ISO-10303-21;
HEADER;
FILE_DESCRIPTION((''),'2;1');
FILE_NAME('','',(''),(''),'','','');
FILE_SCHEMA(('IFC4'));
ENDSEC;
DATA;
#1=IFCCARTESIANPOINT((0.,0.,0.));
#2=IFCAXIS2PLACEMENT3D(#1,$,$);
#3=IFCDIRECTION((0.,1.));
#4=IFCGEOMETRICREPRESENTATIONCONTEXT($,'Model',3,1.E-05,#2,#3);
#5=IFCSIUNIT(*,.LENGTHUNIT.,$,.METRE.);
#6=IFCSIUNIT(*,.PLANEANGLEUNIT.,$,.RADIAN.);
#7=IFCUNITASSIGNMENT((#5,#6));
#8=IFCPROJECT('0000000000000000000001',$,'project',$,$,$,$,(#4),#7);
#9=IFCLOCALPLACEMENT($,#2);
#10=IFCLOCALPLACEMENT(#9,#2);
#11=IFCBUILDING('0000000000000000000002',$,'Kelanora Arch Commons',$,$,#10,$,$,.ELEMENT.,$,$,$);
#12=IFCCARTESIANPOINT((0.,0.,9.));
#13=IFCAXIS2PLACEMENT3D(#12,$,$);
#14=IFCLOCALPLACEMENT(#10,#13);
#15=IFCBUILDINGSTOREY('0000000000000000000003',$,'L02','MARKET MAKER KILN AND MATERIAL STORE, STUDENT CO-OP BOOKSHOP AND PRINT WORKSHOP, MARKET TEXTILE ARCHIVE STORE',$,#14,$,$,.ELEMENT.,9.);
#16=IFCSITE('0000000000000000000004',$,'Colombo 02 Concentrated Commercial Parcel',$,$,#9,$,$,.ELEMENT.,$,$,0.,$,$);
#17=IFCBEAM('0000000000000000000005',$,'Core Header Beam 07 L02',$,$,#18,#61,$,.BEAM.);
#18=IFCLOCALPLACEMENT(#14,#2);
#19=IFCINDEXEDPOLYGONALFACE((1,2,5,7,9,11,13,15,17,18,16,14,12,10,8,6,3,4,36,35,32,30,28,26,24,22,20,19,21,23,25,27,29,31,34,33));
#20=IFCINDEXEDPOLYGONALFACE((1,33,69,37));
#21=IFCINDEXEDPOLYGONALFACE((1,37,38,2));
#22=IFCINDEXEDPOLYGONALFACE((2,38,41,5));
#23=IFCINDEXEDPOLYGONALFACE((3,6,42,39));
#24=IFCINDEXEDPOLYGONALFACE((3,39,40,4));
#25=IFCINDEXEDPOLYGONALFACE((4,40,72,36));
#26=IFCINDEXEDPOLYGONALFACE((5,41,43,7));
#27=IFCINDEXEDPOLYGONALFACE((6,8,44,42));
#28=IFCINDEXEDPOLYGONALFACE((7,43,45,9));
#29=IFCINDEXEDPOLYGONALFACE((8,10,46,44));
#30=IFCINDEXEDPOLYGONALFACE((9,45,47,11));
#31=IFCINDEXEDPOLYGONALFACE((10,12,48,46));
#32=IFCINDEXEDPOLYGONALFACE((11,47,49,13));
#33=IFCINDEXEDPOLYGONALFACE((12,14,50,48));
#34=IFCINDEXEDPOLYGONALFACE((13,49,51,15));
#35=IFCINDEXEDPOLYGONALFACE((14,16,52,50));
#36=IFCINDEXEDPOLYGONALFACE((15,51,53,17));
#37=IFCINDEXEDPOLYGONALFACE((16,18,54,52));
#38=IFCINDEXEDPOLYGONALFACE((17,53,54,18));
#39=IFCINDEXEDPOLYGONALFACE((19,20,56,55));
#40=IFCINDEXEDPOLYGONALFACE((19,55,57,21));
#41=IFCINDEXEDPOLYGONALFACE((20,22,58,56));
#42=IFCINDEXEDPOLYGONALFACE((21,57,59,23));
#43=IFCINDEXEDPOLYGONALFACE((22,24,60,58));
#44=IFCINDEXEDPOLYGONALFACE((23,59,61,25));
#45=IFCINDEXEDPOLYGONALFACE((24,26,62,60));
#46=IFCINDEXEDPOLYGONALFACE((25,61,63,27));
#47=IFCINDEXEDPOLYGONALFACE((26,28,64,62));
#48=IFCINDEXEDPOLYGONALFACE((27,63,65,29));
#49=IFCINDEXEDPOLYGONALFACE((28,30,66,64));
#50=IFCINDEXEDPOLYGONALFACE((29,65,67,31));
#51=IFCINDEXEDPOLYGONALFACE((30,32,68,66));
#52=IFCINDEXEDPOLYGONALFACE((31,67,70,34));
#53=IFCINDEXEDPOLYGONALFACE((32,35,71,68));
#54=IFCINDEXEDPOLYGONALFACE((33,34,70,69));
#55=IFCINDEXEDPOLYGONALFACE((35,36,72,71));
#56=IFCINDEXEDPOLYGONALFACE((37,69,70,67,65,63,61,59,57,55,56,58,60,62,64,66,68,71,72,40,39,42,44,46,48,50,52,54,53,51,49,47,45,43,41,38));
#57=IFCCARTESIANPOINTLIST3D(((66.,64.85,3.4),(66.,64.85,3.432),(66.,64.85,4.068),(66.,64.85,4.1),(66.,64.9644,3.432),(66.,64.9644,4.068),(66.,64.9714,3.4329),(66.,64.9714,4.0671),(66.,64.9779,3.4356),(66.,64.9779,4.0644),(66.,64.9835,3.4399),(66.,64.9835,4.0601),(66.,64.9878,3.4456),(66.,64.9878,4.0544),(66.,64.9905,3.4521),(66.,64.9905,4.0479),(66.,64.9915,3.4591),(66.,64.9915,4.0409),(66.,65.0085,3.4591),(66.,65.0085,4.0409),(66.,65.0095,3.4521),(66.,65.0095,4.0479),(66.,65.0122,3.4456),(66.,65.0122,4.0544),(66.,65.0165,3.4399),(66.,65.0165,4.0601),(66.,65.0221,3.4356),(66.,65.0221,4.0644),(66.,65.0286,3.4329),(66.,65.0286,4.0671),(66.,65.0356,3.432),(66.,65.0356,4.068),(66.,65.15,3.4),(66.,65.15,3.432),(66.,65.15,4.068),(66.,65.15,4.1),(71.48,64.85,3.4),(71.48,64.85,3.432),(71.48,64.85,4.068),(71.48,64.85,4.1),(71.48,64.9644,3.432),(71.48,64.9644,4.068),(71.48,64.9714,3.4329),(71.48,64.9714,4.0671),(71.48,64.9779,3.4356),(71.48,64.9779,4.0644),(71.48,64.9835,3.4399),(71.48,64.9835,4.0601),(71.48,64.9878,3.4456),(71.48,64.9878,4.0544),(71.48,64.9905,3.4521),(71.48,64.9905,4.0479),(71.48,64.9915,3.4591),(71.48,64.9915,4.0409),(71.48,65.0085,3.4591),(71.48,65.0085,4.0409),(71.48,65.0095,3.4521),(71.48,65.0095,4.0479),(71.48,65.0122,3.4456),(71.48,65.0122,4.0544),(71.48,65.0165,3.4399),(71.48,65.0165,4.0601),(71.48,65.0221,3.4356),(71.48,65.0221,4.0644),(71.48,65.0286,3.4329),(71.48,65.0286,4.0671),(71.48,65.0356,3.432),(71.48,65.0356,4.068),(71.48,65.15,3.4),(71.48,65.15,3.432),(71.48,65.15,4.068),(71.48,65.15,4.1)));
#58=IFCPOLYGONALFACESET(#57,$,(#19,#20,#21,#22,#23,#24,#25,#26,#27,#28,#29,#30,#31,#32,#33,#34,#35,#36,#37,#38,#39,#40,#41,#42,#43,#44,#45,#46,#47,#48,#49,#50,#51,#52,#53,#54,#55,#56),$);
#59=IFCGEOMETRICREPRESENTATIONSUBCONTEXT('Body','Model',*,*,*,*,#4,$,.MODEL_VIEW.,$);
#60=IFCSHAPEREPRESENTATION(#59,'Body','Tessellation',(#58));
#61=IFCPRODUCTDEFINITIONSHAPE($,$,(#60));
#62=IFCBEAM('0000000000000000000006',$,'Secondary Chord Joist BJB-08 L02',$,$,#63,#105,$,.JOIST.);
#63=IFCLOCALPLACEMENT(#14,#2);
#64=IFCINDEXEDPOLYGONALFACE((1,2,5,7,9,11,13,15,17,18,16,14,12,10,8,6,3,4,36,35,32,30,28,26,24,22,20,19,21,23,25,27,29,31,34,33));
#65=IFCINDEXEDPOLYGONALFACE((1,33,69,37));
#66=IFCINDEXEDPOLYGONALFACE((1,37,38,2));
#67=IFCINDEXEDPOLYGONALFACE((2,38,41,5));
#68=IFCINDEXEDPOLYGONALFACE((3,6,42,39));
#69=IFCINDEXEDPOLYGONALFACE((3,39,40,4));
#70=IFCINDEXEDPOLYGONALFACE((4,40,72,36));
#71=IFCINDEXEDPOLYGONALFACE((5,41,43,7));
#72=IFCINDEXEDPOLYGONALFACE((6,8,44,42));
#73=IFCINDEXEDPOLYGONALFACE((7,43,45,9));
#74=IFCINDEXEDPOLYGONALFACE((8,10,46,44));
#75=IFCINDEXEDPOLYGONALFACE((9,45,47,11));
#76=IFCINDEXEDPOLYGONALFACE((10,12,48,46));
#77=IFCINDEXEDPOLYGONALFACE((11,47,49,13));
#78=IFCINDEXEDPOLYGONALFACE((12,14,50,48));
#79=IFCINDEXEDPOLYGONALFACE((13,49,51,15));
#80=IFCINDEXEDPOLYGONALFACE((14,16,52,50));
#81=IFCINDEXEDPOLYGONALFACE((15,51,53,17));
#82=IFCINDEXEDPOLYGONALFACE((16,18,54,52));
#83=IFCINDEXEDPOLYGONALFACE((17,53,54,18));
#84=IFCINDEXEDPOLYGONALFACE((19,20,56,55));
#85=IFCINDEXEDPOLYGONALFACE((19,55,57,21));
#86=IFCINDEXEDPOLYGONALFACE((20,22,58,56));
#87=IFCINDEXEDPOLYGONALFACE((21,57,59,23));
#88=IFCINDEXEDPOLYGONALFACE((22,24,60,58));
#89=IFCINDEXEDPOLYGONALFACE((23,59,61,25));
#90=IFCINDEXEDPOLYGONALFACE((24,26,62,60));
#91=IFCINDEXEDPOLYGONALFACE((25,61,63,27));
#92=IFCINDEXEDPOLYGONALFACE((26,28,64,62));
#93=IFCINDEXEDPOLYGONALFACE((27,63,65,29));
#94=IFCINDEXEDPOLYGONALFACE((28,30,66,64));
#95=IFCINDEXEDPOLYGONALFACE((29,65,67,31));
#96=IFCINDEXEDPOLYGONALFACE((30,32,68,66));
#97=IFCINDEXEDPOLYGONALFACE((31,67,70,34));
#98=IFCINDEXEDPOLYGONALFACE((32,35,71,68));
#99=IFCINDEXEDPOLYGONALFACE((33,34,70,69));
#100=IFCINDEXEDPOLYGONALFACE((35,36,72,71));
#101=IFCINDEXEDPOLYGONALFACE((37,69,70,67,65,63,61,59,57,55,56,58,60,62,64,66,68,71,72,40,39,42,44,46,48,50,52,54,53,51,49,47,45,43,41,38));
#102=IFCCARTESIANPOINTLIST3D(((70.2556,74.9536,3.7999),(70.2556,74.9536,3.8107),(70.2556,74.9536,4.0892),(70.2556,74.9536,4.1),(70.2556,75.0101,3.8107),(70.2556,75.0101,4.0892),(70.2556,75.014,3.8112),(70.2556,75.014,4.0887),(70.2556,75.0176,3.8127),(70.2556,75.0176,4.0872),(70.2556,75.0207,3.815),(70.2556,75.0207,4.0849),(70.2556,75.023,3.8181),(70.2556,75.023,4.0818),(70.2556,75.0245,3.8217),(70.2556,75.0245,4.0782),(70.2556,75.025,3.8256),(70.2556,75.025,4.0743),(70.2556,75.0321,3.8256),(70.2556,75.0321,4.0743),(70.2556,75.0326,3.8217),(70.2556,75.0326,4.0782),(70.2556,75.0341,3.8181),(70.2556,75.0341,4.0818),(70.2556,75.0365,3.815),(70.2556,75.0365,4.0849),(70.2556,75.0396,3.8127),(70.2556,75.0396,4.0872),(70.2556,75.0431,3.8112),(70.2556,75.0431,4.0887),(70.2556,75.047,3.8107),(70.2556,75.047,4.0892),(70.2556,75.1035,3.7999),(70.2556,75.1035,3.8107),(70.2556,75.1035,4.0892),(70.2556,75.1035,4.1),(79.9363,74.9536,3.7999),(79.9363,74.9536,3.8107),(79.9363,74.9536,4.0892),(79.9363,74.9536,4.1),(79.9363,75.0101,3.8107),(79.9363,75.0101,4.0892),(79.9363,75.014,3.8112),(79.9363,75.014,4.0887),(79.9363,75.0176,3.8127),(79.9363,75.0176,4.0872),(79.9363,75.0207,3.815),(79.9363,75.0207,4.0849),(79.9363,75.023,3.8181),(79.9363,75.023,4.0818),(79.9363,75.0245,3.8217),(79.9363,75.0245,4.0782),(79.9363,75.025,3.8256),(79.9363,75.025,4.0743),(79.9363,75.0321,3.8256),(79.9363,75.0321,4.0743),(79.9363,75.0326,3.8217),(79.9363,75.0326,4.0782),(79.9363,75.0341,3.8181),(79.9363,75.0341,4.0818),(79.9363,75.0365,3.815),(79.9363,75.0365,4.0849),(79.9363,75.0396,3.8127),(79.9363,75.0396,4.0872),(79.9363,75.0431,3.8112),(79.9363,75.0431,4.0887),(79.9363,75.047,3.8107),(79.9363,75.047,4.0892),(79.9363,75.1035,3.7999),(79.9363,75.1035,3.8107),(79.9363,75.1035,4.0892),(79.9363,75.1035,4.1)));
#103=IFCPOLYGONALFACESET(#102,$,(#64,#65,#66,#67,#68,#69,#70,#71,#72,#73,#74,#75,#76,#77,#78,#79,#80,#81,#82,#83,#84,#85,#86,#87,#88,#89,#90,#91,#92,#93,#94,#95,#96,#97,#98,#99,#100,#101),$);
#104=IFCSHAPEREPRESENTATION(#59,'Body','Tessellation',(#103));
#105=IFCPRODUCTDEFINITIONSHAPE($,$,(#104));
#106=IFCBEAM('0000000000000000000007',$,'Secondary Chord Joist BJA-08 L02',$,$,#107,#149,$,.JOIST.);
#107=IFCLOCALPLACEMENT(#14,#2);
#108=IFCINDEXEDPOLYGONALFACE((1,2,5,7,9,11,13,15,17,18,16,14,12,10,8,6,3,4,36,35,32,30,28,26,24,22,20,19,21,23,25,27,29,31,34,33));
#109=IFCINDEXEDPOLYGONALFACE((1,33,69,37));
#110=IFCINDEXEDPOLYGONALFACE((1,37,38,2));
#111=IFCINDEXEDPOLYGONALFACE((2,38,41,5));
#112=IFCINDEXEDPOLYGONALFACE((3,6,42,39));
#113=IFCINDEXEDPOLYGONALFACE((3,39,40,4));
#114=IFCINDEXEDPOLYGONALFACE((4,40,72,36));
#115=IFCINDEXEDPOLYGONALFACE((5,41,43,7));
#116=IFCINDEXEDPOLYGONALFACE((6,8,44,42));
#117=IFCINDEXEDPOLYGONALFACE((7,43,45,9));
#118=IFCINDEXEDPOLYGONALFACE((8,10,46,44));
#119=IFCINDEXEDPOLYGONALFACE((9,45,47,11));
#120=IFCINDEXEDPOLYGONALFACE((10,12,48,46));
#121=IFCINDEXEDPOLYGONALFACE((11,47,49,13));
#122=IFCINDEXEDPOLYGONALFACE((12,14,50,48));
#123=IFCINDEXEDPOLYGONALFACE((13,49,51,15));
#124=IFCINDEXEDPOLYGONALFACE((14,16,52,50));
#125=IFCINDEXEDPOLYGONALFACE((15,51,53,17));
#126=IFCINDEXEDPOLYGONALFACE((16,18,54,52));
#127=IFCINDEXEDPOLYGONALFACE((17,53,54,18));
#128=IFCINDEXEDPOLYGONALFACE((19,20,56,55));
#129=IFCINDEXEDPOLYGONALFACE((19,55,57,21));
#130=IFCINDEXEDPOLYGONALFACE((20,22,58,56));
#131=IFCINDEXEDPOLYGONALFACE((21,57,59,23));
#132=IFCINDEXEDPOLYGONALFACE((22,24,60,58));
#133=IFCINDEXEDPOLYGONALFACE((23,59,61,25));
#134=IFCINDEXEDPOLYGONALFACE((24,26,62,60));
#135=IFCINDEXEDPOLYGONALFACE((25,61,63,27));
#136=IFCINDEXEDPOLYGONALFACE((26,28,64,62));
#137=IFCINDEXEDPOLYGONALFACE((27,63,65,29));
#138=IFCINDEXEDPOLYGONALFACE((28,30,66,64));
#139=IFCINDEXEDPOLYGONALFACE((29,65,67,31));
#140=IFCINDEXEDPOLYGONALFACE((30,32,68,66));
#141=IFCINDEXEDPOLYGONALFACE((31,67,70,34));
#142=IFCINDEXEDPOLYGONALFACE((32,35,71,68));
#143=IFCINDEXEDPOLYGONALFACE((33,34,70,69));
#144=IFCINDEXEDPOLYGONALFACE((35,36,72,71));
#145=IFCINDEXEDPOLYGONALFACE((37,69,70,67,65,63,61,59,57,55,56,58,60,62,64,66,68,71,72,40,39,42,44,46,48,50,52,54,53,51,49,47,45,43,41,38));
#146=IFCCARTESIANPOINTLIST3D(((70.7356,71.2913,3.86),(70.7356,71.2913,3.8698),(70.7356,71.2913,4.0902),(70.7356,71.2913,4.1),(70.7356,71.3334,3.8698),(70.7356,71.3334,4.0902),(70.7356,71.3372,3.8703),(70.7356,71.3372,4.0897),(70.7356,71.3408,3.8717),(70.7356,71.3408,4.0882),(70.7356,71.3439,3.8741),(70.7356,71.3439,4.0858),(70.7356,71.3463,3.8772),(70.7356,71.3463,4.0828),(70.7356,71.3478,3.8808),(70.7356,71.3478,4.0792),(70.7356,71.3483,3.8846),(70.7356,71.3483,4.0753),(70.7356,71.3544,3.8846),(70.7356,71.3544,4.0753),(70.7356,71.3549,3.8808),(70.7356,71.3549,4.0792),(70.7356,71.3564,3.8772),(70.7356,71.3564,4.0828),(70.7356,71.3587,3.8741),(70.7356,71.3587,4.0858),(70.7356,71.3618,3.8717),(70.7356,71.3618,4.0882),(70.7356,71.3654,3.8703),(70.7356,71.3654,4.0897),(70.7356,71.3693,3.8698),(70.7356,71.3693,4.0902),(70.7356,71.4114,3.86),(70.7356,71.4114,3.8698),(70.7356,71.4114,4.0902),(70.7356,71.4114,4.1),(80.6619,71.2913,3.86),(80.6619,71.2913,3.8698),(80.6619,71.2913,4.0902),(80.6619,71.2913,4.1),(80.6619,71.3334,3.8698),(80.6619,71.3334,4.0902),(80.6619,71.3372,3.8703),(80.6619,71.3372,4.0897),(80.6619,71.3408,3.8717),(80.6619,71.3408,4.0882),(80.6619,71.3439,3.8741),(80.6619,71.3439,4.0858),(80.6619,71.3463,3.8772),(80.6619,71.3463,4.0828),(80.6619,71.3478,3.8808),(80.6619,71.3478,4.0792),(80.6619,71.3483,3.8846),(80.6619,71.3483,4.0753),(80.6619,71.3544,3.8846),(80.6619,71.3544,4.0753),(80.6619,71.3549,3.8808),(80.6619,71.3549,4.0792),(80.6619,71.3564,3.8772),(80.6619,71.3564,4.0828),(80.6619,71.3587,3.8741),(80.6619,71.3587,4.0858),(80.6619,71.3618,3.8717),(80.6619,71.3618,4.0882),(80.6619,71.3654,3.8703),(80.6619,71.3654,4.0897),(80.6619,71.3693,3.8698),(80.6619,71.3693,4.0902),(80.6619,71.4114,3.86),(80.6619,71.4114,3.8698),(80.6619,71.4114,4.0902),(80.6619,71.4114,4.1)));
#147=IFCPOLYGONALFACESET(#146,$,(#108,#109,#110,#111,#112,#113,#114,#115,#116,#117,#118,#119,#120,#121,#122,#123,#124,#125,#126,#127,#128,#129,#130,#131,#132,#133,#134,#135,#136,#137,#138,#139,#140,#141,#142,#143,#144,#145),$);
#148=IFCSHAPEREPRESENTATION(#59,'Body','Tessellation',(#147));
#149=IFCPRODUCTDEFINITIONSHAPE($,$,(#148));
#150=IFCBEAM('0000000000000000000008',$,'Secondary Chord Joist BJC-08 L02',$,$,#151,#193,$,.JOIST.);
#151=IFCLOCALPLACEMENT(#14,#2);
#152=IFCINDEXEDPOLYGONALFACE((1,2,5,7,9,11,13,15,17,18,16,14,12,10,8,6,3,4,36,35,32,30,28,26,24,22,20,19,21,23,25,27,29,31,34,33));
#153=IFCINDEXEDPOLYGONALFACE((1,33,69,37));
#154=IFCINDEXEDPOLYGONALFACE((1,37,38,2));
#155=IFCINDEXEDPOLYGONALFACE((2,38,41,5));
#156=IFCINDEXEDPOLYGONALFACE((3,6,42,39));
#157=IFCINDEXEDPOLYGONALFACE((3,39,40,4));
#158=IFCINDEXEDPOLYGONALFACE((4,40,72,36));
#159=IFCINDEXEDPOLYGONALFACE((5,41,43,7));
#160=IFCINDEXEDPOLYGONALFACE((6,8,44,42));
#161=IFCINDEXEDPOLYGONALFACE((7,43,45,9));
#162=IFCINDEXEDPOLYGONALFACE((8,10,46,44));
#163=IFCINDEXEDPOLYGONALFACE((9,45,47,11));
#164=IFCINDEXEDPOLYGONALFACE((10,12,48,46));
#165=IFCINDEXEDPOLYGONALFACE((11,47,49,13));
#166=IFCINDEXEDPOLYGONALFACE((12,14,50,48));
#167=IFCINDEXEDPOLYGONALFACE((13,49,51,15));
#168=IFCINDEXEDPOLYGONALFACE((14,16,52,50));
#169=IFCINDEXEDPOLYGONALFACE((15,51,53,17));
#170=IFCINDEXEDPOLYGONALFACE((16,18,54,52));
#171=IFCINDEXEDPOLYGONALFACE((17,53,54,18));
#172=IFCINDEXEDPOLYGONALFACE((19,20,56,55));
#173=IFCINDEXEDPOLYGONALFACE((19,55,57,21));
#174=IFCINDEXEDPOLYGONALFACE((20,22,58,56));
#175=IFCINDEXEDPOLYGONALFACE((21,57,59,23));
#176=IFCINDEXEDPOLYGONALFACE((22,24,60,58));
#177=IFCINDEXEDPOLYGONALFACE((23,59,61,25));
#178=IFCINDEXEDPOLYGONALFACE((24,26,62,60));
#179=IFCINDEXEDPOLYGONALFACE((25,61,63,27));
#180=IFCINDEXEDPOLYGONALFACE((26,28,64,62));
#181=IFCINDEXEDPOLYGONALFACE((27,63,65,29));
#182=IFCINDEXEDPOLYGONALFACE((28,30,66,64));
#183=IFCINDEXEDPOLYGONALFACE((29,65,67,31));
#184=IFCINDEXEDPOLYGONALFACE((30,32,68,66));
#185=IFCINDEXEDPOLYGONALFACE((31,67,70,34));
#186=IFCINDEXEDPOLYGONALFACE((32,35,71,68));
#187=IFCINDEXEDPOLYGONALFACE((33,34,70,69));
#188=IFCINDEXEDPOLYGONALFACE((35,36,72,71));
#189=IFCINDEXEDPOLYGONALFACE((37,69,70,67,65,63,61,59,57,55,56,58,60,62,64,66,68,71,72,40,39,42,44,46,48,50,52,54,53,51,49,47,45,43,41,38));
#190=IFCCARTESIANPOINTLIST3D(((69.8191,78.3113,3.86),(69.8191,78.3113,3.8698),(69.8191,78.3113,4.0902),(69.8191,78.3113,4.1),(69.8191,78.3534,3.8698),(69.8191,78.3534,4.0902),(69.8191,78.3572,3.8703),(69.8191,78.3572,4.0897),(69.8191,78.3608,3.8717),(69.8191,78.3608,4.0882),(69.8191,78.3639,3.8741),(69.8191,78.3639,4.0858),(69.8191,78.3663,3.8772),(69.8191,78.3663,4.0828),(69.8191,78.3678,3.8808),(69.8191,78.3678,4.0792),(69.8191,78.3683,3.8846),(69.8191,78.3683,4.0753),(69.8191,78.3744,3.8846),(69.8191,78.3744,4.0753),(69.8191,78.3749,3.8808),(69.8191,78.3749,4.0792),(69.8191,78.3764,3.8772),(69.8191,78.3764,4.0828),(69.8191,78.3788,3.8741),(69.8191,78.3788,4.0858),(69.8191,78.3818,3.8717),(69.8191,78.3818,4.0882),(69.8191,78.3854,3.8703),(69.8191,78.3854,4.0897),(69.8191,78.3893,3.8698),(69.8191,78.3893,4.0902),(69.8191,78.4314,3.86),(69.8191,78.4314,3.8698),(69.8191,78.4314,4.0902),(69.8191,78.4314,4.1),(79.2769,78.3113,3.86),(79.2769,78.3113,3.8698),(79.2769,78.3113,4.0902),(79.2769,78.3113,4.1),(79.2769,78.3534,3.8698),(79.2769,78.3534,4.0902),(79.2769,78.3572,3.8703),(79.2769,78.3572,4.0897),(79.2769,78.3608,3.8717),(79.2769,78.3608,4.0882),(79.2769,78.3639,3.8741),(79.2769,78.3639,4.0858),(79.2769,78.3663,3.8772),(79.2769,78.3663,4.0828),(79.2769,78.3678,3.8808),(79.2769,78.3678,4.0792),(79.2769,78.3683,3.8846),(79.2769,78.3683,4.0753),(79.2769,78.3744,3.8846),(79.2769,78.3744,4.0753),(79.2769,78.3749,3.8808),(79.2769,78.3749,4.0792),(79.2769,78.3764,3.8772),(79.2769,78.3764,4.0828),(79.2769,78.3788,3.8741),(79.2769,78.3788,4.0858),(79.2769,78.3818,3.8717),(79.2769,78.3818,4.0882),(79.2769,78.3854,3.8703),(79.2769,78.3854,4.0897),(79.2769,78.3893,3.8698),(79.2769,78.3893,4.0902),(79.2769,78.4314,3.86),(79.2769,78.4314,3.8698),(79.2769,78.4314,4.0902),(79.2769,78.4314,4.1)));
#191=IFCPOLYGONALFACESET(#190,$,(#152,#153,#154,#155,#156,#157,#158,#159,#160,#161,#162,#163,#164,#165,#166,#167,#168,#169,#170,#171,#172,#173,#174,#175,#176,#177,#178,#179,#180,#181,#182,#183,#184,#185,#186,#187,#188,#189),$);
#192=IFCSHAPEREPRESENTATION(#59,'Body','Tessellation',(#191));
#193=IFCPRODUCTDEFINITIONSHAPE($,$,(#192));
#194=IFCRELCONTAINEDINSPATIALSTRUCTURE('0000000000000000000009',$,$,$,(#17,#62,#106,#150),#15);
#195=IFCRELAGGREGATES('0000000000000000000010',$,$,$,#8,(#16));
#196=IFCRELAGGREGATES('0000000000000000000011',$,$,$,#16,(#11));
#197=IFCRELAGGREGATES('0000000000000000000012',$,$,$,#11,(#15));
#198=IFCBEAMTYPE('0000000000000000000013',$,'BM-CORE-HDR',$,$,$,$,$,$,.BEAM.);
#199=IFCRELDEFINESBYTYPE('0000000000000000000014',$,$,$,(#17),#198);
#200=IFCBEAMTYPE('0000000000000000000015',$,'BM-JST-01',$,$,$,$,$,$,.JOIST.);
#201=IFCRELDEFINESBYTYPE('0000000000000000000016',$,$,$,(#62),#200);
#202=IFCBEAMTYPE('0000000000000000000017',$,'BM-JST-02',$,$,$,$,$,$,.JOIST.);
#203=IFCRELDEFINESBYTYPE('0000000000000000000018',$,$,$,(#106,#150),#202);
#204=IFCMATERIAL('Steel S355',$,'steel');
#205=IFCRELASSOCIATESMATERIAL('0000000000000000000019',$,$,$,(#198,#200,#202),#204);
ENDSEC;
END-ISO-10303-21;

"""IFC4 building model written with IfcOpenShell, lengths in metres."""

from ifc_helpers import new_model, si_unit, direction, frame, origin, origin_2d, place, context, subcontext, project, spatial, i_section, extrude, material, material_profile, profile_set, type_object, element, save


model = new_model("IFC4")

# Units and contexts
model_context = context("Model", 3, precision=1e-05, world=origin(), true_north=direction((0.0, 1.0)))
body_context = subcontext(model_context, "Body", "Model", "MODEL_VIEW")
ifc_project = project(units=[si_unit("LENGTHUNIT", "METRE"), si_unit("PLANEANGLEUNIT", "RADIAN")], contexts=[model_context])

# Site, building, storey
site_placement = place(None, origin())
site = spatial("IfcSite", under=ifc_project, at=site_placement, Name="Colombo 02 Concentrated Commercial Parcel", CompositionType="ELEMENT", RefElevation=0.0)
building_placement = place(site_placement, origin())
building = spatial("IfcBuilding", under=site, at=building_placement, Name="Kelanora Arch Commons", CompositionType="ELEMENT")
storey_placement = place(building_placement, frame((0.0, 0.0, 9.0)))
storey = spatial("IfcBuildingStorey", under=building, at=storey_placement, Name="L02", Description="MARKET MAKER KILN AND MATERIAL STORE, STUDENT CO-OP BOOKSHOP AND PRINT WORKSHOP, MARKET TEXTILE ARCHIVE STORE", CompositionType="ELEMENT", Elevation=9.0)

# Beams
ifc_material_1 = material(Name="Steel S355", Category="steel")
ifc_material_profile_1 = material_profile(ifc_material_1, i_section(OverallWidth=0.3, OverallDepth=0.7, WebThickness=0.0171, FlangeThickness=0.032, FilletRadius=0.0271, at=origin_2d()), Name="HEB700")
ifc_profile_set_1 = profile_set([ifc_material_profile_1], Name="Steel S355")
beam_type_1 = type_object("IfcBeamType", Name="BM-CORE-HDR", PredefinedType="BEAM", material=ifc_profile_set_1)
beam_1_placement = place(storey_placement, frame((71.48, 65.0, 3.75), z_axis=(-1.0, 0.0, 0.0), x_axis=(0.0, -1.0, 0.0)))
element("IfcBeam", 1, at=beam_1_placement, inside=storey, type_object=beam_type_1, Name="Core Header Beam 07 L02", PredefinedType="BEAM", context=body_context, shape_type="SweptSolid", body=[
    extrude(i_section(OverallWidth=0.3, OverallDepth=0.7, WebThickness=0.0171, FlangeThickness=0.032, FilletRadius=0.0271, at=origin_2d()), origin(), (0.0, 0.0, 1.0), 5.48),
])
ifc_material_profile_2 = material_profile(ifc_material_1, i_section(OverallWidth=0.1499, OverallDepth=0.3, WebThickness=0.0071, FlangeThickness=0.0107, FilletRadius=0.0149, at=origin_2d()), Name="IPE300")
ifc_profile_set_2 = profile_set([ifc_material_profile_2], Name="Steel S355")
beam_type_2 = type_object("IfcBeamType", Name="BM-JST-01", PredefinedType="JOIST", material=ifc_profile_set_2)
beam_2_placement = place(storey_placement, frame((79.9363, 75.0286, 3.95), z_axis=(-1.0, 0.0, 0.0), x_axis=(0.0, -1.0, 0.0)))
element("IfcBeam", 2, at=beam_2_placement, inside=storey, type_object=beam_type_2, Name="Secondary Chord Joist BJB-08 L02", PredefinedType="JOIST", context=body_context, shape_type="SweptSolid", body=[
    extrude(i_section(OverallWidth=0.1499, OverallDepth=0.3, WebThickness=0.0071, FlangeThickness=0.0107, FilletRadius=0.0149, at=origin_2d()), origin(), (0.0, 0.0, 1.0), 9.6807),
])
ifc_material_profile_3 = material_profile(ifc_material_1, i_section(OverallWidth=0.1201, OverallDepth=0.24, WebThickness=0.0061, FlangeThickness=0.0098, FilletRadius=0.0149, at=origin_2d()), Name="IPE240")
ifc_profile_set_3 = profile_set([ifc_material_profile_3], Name="Steel S355")
beam_type_3 = type_object("IfcBeamType", Name="BM-JST-02", PredefinedType="JOIST", material=ifc_profile_set_3)
beam_3_placement = place(storey_placement, frame((80.6619, 71.3513, 3.98), z_axis=(-1.0, 0.0, 0.0), x_axis=(0.0, -1.0, 0.0)))
element("IfcBeam", 3, at=beam_3_placement, inside=storey, type_object=beam_type_3, Name="Secondary Chord Joist BJA-08 L02", PredefinedType="JOIST", context=body_context, shape_type="SweptSolid", body=[
    extrude(i_section(OverallWidth=0.1201, OverallDepth=0.24, WebThickness=0.0061, FlangeThickness=0.0098, FilletRadius=0.0149, at=origin_2d()), origin(), (0.0, 0.0, 1.0), 9.9263),
])
beam_4_placement = place(storey_placement, frame((79.2769, 78.3713, 3.98), z_axis=(-1.0, 0.0, 0.0), x_axis=(0.0, -1.0, 0.0)))
element("IfcBeam", 4, at=beam_4_placement, inside=storey, type_object=beam_type_3, Name="Secondary Chord Joist BJC-08 L02", PredefinedType="JOIST", context=body_context, shape_type="SweptSolid", body=[
    extrude(i_section(OverallWidth=0.1201, OverallDepth=0.24, WebThickness=0.0061, FlangeThickness=0.0098, FilletRadius=0.0149, at=origin_2d()), origin(), (0.0, 0.0, 1.0), 9.4578),
])

save(model, "model.ifc")
